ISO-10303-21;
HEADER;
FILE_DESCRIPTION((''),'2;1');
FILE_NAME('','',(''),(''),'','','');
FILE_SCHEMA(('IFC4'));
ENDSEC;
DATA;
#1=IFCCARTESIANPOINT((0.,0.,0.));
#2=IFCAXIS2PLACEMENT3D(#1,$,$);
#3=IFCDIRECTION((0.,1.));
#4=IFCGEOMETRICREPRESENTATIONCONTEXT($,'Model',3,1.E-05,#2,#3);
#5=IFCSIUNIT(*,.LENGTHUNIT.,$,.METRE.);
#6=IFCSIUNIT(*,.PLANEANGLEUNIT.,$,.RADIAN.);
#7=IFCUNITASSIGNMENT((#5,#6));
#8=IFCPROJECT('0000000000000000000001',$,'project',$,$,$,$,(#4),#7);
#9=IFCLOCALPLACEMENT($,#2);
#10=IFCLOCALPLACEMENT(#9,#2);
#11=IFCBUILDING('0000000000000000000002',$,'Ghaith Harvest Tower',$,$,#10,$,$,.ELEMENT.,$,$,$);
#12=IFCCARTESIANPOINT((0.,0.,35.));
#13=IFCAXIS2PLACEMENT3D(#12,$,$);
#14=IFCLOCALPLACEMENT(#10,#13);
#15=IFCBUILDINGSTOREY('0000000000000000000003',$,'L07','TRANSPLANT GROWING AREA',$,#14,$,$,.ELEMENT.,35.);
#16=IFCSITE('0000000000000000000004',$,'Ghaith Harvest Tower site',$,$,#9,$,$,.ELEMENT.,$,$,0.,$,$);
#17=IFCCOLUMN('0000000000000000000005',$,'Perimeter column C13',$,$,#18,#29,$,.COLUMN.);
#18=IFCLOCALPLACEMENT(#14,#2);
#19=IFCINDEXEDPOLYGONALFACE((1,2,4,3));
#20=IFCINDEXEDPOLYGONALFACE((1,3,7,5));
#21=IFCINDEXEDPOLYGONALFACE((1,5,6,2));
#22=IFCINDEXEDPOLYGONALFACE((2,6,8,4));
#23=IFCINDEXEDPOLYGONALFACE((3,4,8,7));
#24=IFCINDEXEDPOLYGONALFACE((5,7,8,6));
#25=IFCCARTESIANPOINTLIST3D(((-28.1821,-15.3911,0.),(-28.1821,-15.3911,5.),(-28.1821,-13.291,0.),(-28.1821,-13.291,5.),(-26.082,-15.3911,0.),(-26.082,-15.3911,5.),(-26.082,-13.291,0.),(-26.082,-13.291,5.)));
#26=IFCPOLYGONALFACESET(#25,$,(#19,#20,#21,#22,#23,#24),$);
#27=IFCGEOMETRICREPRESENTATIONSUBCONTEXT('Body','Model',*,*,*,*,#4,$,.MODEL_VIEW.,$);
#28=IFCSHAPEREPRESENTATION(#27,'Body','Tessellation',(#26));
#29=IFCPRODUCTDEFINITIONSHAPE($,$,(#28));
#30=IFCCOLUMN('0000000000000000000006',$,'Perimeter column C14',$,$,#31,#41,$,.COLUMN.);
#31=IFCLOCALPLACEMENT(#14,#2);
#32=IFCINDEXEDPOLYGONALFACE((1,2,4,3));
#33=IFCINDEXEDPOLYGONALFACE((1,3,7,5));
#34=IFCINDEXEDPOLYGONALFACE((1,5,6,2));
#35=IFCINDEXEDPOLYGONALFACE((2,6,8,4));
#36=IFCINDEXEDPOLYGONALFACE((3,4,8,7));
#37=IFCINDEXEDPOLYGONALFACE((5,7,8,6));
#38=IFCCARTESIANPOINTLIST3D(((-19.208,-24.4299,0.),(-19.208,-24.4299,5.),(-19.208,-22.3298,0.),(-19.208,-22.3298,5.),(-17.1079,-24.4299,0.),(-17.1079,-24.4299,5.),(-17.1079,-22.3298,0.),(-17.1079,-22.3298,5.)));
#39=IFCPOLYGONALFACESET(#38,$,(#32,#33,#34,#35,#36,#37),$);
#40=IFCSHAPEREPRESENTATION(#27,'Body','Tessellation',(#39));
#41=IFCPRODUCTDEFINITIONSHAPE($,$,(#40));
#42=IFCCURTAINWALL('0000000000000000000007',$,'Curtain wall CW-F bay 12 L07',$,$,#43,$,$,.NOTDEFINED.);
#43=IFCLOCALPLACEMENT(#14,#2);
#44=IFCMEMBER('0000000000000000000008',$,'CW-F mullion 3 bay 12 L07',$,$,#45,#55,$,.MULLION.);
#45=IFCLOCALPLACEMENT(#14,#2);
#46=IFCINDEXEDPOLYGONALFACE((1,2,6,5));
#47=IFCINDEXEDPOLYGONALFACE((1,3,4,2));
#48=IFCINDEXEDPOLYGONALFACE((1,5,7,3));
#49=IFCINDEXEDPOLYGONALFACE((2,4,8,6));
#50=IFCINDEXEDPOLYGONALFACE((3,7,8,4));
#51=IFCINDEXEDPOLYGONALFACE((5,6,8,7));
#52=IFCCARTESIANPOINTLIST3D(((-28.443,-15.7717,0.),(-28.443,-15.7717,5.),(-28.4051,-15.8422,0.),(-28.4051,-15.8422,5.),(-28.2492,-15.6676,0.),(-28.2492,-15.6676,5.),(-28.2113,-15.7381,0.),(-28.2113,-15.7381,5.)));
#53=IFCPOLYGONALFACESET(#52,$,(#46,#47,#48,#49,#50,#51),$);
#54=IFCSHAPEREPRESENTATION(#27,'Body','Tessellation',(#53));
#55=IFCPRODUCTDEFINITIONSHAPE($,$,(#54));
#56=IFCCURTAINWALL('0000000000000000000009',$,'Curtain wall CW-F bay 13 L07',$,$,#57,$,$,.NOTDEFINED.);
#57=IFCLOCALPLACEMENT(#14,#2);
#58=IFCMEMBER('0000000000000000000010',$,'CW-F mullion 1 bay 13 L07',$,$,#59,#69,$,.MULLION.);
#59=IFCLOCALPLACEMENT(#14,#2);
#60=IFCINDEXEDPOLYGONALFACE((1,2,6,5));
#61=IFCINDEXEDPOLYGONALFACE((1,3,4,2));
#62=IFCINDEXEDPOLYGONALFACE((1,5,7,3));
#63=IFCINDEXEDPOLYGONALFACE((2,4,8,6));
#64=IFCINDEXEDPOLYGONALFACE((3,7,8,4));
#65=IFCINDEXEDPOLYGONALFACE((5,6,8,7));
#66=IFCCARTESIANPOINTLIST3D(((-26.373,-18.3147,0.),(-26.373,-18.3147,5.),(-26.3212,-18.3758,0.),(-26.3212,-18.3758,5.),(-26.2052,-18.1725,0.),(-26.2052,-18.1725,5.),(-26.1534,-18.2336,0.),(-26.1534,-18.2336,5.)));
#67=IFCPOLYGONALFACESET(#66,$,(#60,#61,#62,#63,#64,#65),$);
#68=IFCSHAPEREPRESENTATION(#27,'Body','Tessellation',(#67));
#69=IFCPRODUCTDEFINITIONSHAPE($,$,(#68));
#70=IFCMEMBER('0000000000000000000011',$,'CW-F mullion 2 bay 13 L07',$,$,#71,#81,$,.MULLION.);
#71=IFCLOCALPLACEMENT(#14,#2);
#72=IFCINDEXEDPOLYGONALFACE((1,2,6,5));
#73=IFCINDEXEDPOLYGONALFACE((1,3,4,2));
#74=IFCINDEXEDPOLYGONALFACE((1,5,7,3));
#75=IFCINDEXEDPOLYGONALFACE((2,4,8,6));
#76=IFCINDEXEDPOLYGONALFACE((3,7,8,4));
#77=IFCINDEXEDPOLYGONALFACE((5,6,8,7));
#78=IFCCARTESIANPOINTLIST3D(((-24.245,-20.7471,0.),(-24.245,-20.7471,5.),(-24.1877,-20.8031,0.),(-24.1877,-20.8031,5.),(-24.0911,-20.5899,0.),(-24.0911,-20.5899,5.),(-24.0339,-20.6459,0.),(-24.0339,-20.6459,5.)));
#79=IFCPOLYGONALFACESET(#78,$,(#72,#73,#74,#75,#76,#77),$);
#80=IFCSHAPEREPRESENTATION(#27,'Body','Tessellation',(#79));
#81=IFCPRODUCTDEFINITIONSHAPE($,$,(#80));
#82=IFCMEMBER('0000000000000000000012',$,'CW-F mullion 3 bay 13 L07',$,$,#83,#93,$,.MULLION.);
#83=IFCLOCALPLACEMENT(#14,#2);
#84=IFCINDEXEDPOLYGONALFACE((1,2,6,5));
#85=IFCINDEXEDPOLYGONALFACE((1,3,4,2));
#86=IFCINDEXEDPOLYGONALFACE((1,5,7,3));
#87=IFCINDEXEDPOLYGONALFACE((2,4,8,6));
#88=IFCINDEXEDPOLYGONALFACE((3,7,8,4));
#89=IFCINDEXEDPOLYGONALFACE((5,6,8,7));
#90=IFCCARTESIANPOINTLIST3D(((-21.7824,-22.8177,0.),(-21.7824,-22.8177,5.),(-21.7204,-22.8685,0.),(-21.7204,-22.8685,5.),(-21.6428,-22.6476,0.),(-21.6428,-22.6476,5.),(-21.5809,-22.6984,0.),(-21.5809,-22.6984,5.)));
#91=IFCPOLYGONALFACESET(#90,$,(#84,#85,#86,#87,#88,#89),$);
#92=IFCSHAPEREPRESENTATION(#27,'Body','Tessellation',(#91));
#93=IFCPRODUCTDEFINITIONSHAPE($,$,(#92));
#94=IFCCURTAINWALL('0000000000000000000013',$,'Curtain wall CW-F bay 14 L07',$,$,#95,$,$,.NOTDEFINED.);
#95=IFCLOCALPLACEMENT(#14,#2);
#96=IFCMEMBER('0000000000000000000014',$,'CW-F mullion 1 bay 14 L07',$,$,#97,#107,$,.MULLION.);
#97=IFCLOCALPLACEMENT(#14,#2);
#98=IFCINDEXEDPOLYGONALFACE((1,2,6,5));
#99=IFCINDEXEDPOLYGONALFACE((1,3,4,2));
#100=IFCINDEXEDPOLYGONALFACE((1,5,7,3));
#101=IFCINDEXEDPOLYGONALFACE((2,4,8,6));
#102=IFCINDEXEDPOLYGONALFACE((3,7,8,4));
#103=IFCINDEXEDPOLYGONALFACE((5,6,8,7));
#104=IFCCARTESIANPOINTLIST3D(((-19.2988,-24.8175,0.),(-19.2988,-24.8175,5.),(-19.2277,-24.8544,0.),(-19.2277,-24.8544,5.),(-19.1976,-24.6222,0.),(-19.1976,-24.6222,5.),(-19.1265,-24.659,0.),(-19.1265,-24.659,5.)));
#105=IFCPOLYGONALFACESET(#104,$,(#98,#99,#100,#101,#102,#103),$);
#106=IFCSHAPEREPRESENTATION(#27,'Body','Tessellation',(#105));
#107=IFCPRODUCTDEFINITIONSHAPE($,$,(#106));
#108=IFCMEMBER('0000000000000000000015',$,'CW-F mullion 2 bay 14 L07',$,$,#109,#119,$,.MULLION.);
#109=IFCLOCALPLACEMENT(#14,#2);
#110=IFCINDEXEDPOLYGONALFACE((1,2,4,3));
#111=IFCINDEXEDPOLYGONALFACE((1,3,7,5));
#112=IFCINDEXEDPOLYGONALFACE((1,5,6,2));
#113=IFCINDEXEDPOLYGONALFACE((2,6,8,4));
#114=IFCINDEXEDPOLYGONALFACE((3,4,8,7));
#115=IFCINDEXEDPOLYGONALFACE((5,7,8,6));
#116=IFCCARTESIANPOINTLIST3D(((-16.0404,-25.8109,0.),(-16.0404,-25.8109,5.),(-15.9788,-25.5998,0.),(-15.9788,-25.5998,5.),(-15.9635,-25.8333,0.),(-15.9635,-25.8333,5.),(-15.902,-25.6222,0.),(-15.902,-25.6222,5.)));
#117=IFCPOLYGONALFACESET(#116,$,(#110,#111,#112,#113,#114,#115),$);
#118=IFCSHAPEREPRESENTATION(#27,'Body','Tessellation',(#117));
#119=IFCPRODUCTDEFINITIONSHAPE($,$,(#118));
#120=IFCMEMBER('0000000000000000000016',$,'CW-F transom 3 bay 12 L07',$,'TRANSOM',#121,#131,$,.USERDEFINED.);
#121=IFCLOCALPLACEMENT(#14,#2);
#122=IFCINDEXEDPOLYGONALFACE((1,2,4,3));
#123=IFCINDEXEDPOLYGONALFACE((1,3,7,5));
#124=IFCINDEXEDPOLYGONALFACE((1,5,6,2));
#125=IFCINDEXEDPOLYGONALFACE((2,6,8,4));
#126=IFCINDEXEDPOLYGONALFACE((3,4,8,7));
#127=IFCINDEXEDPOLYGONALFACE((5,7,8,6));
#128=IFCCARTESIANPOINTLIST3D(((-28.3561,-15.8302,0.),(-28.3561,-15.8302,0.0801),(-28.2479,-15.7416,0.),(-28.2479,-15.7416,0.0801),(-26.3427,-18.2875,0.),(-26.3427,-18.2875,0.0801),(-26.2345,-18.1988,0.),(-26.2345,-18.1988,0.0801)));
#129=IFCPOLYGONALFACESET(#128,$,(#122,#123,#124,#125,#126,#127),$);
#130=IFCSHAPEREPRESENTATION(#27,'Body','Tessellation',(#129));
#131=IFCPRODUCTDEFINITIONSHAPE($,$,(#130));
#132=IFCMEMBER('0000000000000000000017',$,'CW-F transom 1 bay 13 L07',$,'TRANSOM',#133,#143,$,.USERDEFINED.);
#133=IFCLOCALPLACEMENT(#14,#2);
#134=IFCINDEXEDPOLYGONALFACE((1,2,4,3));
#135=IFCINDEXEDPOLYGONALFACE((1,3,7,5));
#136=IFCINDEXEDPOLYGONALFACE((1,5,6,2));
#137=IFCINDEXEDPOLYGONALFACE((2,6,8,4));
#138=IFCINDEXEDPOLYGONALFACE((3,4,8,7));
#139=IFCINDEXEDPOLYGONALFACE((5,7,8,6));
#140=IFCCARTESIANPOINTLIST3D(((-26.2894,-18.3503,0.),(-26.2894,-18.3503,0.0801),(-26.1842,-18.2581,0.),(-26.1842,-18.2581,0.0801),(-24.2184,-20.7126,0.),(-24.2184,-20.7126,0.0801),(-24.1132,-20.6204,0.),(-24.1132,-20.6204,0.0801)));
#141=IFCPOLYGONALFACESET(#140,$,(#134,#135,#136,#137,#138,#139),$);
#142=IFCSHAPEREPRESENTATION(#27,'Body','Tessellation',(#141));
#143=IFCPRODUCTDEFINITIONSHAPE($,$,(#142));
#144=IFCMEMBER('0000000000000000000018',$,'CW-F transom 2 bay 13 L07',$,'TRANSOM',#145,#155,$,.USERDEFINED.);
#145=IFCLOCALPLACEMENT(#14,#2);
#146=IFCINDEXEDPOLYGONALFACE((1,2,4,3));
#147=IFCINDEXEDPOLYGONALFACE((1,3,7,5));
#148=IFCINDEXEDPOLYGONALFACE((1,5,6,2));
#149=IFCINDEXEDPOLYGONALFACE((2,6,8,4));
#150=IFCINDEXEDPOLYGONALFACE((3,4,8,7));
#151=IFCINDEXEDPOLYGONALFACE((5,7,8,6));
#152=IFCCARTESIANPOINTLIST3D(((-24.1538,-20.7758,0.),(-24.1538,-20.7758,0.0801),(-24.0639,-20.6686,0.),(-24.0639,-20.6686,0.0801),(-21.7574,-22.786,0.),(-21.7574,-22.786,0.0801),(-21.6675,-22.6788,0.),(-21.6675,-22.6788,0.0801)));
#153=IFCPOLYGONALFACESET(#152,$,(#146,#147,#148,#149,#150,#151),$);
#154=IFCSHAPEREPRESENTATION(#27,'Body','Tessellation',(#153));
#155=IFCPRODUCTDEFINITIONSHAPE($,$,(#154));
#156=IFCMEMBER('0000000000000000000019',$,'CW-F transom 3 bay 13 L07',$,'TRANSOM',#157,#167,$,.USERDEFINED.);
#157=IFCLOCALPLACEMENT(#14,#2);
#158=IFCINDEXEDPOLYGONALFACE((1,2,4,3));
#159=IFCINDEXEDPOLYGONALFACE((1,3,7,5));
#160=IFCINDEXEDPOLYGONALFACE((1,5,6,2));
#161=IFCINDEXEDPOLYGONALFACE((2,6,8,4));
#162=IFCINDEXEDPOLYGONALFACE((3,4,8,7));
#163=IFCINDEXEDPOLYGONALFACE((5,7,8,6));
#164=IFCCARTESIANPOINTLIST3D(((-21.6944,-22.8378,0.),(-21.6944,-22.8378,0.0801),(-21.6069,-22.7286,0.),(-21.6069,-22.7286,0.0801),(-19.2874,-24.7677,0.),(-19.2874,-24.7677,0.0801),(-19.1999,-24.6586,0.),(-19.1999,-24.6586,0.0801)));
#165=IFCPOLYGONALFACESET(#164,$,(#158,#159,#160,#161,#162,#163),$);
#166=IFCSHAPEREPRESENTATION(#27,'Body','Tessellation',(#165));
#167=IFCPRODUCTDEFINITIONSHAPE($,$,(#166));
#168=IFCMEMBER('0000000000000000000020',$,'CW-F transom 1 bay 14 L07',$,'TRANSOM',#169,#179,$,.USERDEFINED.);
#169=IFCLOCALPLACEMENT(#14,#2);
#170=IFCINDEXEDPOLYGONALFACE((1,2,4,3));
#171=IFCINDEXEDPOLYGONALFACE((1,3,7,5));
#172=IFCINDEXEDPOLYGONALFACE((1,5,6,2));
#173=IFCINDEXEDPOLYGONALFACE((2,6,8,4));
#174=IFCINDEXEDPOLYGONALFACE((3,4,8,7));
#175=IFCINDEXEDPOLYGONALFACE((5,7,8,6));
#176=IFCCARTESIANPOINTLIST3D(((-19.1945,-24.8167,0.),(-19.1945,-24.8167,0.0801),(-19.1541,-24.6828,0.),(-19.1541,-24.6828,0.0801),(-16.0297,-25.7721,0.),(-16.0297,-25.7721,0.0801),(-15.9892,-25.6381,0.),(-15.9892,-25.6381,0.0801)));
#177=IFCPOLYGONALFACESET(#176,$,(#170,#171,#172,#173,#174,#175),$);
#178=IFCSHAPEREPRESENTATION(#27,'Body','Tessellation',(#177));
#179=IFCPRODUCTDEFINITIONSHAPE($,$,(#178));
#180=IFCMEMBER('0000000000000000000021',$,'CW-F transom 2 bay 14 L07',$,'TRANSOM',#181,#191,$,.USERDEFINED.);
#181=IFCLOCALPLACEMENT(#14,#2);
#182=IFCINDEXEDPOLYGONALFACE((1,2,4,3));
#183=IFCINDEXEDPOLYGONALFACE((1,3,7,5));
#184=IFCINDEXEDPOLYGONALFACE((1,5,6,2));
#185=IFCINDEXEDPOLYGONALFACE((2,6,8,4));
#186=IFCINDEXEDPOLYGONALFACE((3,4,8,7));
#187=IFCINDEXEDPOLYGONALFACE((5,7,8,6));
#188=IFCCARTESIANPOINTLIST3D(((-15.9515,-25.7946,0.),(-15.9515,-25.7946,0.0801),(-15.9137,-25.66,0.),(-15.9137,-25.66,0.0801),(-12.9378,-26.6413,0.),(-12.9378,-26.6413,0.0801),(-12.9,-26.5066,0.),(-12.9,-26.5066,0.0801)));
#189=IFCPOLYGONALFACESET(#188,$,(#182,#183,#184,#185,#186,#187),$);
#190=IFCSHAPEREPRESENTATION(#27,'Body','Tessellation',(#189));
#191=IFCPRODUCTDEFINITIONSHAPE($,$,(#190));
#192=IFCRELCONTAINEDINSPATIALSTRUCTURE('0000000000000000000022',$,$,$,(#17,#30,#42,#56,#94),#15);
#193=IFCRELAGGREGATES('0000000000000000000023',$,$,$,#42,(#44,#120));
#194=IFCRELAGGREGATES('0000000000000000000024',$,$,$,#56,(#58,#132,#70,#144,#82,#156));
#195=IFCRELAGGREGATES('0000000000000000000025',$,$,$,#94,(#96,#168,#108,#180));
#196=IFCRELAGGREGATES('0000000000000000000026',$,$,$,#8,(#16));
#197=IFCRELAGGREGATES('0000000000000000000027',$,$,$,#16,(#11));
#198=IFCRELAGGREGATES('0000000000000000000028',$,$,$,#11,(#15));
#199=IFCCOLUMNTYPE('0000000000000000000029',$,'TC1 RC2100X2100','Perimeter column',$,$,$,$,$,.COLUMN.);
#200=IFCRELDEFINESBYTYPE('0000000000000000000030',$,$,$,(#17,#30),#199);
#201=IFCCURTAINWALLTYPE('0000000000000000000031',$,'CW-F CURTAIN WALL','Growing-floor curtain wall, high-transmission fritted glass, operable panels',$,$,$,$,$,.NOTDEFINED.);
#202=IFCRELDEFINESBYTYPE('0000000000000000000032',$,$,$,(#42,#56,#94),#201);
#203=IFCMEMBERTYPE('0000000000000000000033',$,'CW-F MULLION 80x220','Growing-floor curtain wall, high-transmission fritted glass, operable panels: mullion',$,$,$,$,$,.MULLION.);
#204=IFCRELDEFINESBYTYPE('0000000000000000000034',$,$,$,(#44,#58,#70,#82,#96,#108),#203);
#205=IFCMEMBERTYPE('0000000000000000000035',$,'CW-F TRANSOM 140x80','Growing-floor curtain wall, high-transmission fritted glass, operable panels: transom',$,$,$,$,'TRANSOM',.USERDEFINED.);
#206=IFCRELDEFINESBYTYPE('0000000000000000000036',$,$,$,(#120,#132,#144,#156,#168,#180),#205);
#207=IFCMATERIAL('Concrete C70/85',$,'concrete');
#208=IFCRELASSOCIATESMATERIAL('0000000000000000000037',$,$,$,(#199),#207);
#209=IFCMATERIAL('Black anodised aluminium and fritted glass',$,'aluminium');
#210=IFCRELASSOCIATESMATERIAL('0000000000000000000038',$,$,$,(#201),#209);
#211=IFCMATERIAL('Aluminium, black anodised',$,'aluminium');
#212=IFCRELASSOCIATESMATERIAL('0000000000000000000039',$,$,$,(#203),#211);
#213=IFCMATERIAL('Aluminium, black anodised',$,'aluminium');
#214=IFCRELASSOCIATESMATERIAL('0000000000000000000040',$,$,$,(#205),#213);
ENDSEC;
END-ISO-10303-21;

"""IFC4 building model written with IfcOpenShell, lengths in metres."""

from ifc_helpers import new_model, si_unit, direction, frame, origin, origin_2d, place, context, subcontext, project, spatial, rectangle, extrude, material, material_profile, profile_set, type_object, element, aggregate, save


model = new_model("IFC4")

# Units and contexts
model_context = context("Model", 3, precision=1e-05, world=origin(), true_north=direction((0.0, 1.0)))
body_context = subcontext(model_context, "Body", "Model", "MODEL_VIEW")
ifc_project = project(units=[si_unit("LENGTHUNIT", "METRE"), si_unit("PLANEANGLEUNIT", "RADIAN")], contexts=[model_context])

# Site, building, storey
site_placement = place(None, origin())
site = spatial("IfcSite", under=ifc_project, at=site_placement, Name="Ghaith Harvest Tower site", CompositionType="ELEMENT", RefElevation=0.0)
building_placement = place(site_placement, origin())
building = spatial("IfcBuilding", under=site, at=building_placement, Name="Ghaith Harvest Tower", CompositionType="ELEMENT")
storey_placement = place(building_placement, frame((0.0, 0.0, 35.0)))
storey = spatial("IfcBuildingStorey", under=building, at=storey_placement, Name="L07", Description="TRANSPLANT GROWING AREA", CompositionType="ELEMENT", Elevation=35.0)

# Columns
ifc_material_1 = material(Name="Concrete C70/85", Category="concrete")
ifc_material_profile_1 = material_profile(ifc_material_1, rectangle(XDim=2.1001, YDim=2.1001, at=origin_2d()), Name="RC2100X2100")
ifc_profile_set_1 = profile_set([ifc_material_profile_1], Name="Concrete C70/85")
column_type = type_object("IfcColumnType", Name="TC1 RC2100X2100", Description="Perimeter column", PredefinedType="COLUMN", material=ifc_profile_set_1)
for number, where, z_axis, x_axis, name in (
    (1, (-27.1321, -14.3411, 0.0), (0.0, 0.0, 1.0), (1.0, 0.0, 0.0), "Perimeter column C13"),
    (2, (-18.158, -23.3799, 0.0), (0.0, 0.0, 1.0), (1.0, 0.0, 0.0), "Perimeter column C14"),
):
    element("IfcColumn", number, at=place(storey_placement, frame(where, z_axis=z_axis, x_axis=x_axis)), inside=storey, type_object=column_type, Name=name, PredefinedType="COLUMN", context=body_context, shape_type="SweptSolid", body=[
        extrude(rectangle(XDim=2.1001, YDim=2.1001, at=origin_2d()), origin(), (0.0, 0.0, 1.0), 5.0),
    ])

# Curtain wall, member
ifc_material_2 = material(Name="Black anodised aluminium and fritted glass", Category="aluminium")
curtain_wall_type = type_object("IfcCurtainWallType", Name="CW-F CURTAIN WALL", Description="Growing-floor curtain wall, high-transmission fritted glass, operable panels", PredefinedType="NOTDEFINED", material=ifc_material_2)
curtain_wall_1_placement = place(storey_placement, origin())
curtain_wall_1 = element("IfcCurtainWall", 3, at=curtain_wall_1_placement, inside=storey, type_object=curtain_wall_type, Name="Curtain wall CW-F bay 12 L07", PredefinedType="NOTDEFINED")
ifc_material_3 = material(Name="Aluminium, black anodised", Category="aluminium")
ifc_material_profile_2 = material_profile(ifc_material_3, rectangle(XDim=0.0801, YDim=0.22, at=origin_2d()), Name="CW-F MULLION 80x220")
ifc_profile_set_2 = profile_set([ifc_material_profile_2], Name="Aluminium, black anodised")
member_type_1 = type_object("IfcMemberType", Name="CW-F MULLION 80x220", Description="Growing-floor curtain wall, high-transmission fritted glass, operable panels: mullion", PredefinedType="MULLION", material=ifc_profile_set_2)
member_1_placement = place(storey_placement, frame((-28.3271, -15.7549, 0.0), z_axis=(0.0, 0.0, 1.0), x_axis=(0.473265, -0.88092, 0.0)))
member_1 = element("IfcMember", 4, at=member_1_placement, type_object=member_type_1, Name="CW-F mullion 3 bay 12 L07", PredefinedType="MULLION", context=body_context, shape_type="SweptSolid", body=[
    extrude(rectangle(XDim=0.0801, YDim=0.22, at=origin_2d()), origin(), (0.0, 0.0, 1.0), 5.0),
])

# Curtain walls, members
curtain_wall_2_placement = place(storey_placement, origin())
curtain_wall_2 = element("IfcCurtainWall", 5, at=curtain_wall_2_placement, inside=storey, type_object=curtain_wall_type, Name="Curtain wall CW-F bay 13 L07", PredefinedType="NOTDEFINED")
member_2_placement = place(storey_placement, frame((-26.2632, -18.2742, 0.0), z_axis=(0.0, 0.0, 1.0), x_axis=(0.646524, -0.762894, 0.0)))
member_2 = element("IfcMember", 6, at=member_2_placement, type_object=member_type_1, Name="CW-F mullion 1 bay 13 L07", PredefinedType="MULLION", context=body_context, shape_type="SweptSolid", body=[
    extrude(rectangle(XDim=0.0801, YDim=0.22, at=origin_2d()), origin(), (0.0, 0.0, 1.0), 5.0),
])
member_3_placement = place(storey_placement, frame((-24.1394, -20.6965, 0.0), z_axis=(0.0, 0.0, 1.0), x_axis=(0.714663, -0.699469, 0.0)))
member_3 = element("IfcMember", 7, at=member_3_placement, type_object=member_type_1, Name="CW-F mullion 2 bay 13 L07", PredefinedType="MULLION", context=body_context, shape_type="SweptSolid", body=[
    extrude(rectangle(XDim=0.0801, YDim=0.22, at=origin_2d()), origin(), (0.0, 0.0, 1.0), 5.0),
])
member_4_placement = place(storey_placement, frame((-21.6816, -22.7581, 0.0), z_axis=(0.0, 0.0, 1.0), x_axis=(0.773139, -0.634237, 0.0)))
member_4 = element("IfcMember", 8, at=member_4_placement, type_object=member_type_1, Name="CW-F mullion 3 bay 13 L07", PredefinedType="MULLION", context=body_context, shape_type="SweptSolid", body=[
    extrude(rectangle(XDim=0.0801, YDim=0.22, at=origin_2d()), origin(), (0.0, 0.0, 1.0), 5.0),
])
curtain_wall_3_placement = place(storey_placement, origin())
curtain_wall_3 = element("IfcCurtainWall", 9, at=curtain_wall_3_placement, inside=storey, type_object=curtain_wall_type, Name="Curtain wall CW-F bay 14 L07", PredefinedType="NOTDEFINED")
member_5_placement = place(storey_placement, frame((-19.2126, -24.7383, 0.0), z_axis=(0.0, 0.0, 1.0), x_axis=(0.887912, -0.460013, 0.0)))
member_5 = element("IfcMember", 10, at=member_5_placement, type_object=member_type_1, Name="CW-F mullion 1 bay 14 L07", PredefinedType="MULLION", context=body_context, shape_type="SweptSolid", body=[
    extrude(rectangle(XDim=0.0801, YDim=0.22, at=origin_2d()), origin(), (0.0, 0.0, 1.0), 5.0),
])
member_6_placement = place(storey_placement, frame((-15.9712, -25.7166, 0.0), z_axis=(0.0, 0.0, 1.0), x_axis=(0.960009, -0.27997, 0.0)))
member_6 = element("IfcMember", 11, at=member_6_placement, type_object=member_type_1, Name="CW-F mullion 2 bay 14 L07", PredefinedType="MULLION", context=body_context, shape_type="SweptSolid", body=[
    extrude(rectangle(XDim=0.0801, YDim=0.22, at=origin_2d()), origin(), (0.0, 0.0, 1.0), 5.0),
])

# Members
ifc_material_4 = material(Name="Aluminium, black anodised", Category="aluminium")
ifc_material_profile_3 = material_profile(ifc_material_4, rectangle(XDim=0.1399, YDim=0.0801, at=origin_2d()), Name="CW-F TRANSOM 140x80")
ifc_profile_set_3 = profile_set([ifc_material_profile_3], Name="Aluminium, black anodised")
member_type_2 = type_object("IfcMemberType", Name="CW-F TRANSOM 140x80", Description="Growing-floor curtain wall, high-transmission fritted glass, operable panels: transom", ElementType="TRANSOM", PredefinedType="USERDEFINED", material=ifc_profile_set_3)
member_7_placement = place(storey_placement, frame((-28.302, -15.7859, 0.04), z_axis=(0.63379, -0.773505, 0.0), x_axis=(0.773505, 0.63379, 0.0)))
member_7 = element("IfcMember", 12, at=member_7_placement, type_object=member_type_2, Name="CW-F transom 3 bay 12 L07", ObjectType="TRANSOM", PredefinedType="USERDEFINED", context=body_context, shape_type="SweptSolid", body=[
    extrude(rectangle(XDim=0.1399, YDim=0.0801, at=origin_2d()), origin(), (0.0, 0.0, 1.0), 3.1768),
])
member_8_placement = place(storey_placement, frame((-26.2368, -18.3042, 0.04), z_axis=(0.659231, -0.751941, 0.0), x_axis=(0.751941, 0.659231, 0.0)))
member_8 = element("IfcMember", 13, at=member_8_placement, type_object=member_type_2, Name="CW-F transom 1 bay 13 L07", ObjectType="TRANSOM", PredefinedType="USERDEFINED", context=body_context, shape_type="SweptSolid", body=[
    extrude(rectangle(XDim=0.1399, YDim=0.0801, at=origin_2d()), origin(), (0.0, 0.0, 1.0), 3.1416),
])
member_9_placement = place(storey_placement, frame((-24.1089, -20.7222, 0.04), z_axis=(0.766144, -0.642668, 0.0), x_axis=(0.642668, 0.766144, 0.0)))
member_9 = element("IfcMember", 14, at=member_9_placement, type_object=member_type_2, Name="CW-F transom 2 bay 13 L07", ObjectType="TRANSOM", PredefinedType="USERDEFINED", context=body_context, shape_type="SweptSolid", body=[
    extrude(rectangle(XDim=0.1399, YDim=0.0801, at=origin_2d()), origin(), (0.0, 0.0, 1.0), 3.1279),
])
member_10_placement = place(storey_placement, frame((-21.6506, -22.7832, 0.04), z_axis=(0.780181, -0.625554, 0.0), x_axis=(0.625554, 0.780181, 0.0)))
member_10 = element("IfcMember", 15, at=member_10_placement, type_object=member_type_2, Name="CW-F transom 3 bay 13 L07", ObjectType="TRANSOM", PredefinedType="USERDEFINED", context=body_context, shape_type="SweptSolid", body=[
    extrude(rectangle(XDim=0.1399, YDim=0.0801, at=origin_2d()), origin(), (0.0, 0.0, 1.0), 3.0852),
])
member_11_placement = place(storey_placement, frame((-19.1743, -24.7498, 0.04), z_axis=(0.957335, -0.28898, 0.0), x_axis=(0.28898, 0.957335, 0.0)))
member_11 = element("IfcMember", 16, at=member_11_placement, type_object=member_type_2, Name="CW-F transom 1 bay 14 L07", ObjectType="TRANSOM", PredefinedType="USERDEFINED", context=body_context, shape_type="SweptSolid", body=[
    extrude(rectangle(XDim=0.1399, YDim=0.0801, at=origin_2d()), origin(), (0.0, 0.0, 1.0), 3.3059),
])
member_12_placement = place(storey_placement, frame((-15.9326, -25.7273, 0.04), z_axis=(0.962727, -0.270475, 0.0), x_axis=(0.270475, 0.962727, 0.0)))
member_12 = element("IfcMember", 17, at=member_12_placement, type_object=member_type_2, Name="CW-F transom 2 bay 14 L07", ObjectType="TRANSOM", PredefinedType="USERDEFINED", context=body_context, shape_type="SweptSolid", body=[
    extrude(rectangle(XDim=0.1399, YDim=0.0801, at=origin_2d()), origin(), (0.0, 0.0, 1.0), 3.1304),
])

aggregate(curtain_wall_1, [member_1, member_7])
aggregate(curtain_wall_2, [member_2, member_8, member_3, member_9, member_4, member_10])
aggregate(curtain_wall_3, [member_5, member_11, member_6, member_12])

save(model, "model.ifc")
